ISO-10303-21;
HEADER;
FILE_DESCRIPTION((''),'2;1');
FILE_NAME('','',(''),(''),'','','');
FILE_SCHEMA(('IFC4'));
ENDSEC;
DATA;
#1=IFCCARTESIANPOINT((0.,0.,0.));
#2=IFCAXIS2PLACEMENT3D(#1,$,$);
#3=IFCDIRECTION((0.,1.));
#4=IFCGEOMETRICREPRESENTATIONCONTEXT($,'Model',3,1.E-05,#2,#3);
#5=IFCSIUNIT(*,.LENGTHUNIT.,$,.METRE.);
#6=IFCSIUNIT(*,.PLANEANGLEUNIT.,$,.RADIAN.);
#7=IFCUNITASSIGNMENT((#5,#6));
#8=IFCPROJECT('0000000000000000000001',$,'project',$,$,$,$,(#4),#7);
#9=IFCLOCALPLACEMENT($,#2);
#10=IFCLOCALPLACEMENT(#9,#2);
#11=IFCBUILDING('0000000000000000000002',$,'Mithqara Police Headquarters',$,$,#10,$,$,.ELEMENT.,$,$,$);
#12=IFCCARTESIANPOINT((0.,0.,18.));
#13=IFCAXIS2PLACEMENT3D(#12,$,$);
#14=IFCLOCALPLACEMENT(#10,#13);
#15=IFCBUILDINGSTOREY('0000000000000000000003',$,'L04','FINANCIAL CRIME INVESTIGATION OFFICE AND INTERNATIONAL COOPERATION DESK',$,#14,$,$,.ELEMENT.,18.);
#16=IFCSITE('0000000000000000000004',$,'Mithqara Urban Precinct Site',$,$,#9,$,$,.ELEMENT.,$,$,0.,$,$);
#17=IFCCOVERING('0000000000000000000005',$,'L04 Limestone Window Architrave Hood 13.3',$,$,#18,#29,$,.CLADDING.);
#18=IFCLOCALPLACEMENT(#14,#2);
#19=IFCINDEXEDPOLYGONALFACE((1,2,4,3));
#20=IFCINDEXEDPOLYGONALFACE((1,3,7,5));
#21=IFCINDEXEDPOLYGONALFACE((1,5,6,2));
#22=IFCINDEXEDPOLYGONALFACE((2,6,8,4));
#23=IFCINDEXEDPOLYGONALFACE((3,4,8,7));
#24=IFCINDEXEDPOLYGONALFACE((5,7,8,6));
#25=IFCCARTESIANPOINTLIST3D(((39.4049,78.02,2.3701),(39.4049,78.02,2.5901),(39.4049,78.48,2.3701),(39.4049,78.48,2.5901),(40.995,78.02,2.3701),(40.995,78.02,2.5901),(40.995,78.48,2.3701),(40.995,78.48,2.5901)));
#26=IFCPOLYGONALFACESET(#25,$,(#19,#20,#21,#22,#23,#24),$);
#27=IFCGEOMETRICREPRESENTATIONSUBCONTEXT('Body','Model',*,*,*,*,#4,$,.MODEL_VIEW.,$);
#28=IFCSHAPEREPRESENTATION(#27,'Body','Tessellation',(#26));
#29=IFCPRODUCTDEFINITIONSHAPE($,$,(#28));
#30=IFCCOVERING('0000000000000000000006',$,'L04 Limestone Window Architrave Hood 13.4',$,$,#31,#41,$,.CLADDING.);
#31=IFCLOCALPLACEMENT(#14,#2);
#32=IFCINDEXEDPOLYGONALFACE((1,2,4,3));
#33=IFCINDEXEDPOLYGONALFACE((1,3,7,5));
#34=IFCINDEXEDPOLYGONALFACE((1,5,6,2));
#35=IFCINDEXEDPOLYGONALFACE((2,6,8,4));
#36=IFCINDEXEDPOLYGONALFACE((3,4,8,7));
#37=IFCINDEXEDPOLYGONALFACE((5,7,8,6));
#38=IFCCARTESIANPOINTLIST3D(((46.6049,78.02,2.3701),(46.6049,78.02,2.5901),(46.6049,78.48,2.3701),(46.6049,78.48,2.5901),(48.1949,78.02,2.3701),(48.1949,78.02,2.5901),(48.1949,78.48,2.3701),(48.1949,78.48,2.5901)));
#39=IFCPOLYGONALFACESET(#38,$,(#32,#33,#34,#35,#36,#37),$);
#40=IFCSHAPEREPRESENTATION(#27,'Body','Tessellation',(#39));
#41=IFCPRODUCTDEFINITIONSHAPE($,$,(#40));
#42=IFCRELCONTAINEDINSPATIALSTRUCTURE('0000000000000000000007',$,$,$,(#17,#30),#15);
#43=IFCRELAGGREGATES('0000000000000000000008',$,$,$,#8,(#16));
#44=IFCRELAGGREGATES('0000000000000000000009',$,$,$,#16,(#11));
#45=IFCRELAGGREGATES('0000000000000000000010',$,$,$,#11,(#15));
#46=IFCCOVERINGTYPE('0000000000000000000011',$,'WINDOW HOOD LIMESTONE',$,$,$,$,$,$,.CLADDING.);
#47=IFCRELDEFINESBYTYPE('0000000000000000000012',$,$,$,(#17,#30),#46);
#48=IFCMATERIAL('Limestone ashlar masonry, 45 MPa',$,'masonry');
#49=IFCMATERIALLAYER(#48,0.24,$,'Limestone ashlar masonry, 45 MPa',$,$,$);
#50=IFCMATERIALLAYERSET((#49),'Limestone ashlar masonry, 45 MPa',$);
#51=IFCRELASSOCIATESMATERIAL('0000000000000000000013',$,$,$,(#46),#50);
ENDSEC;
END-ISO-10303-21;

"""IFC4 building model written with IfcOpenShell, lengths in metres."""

from ifc_helpers import new_model, si_unit, direction, frame, origin, origin_2d, place, context, subcontext, project, spatial, rectangle, extrude, material, layer, layer_set, type_object, element, save


model = new_model("IFC4")

# Units and contexts
model_context = context("Model", 3, precision=1e-05, world=origin(), true_north=direction((0.0, 1.0)))
body_context = subcontext(model_context, "Body", "Model", "MODEL_VIEW")
ifc_project = project(units=[si_unit("LENGTHUNIT", "METRE"), si_unit("PLANEANGLEUNIT", "RADIAN")], contexts=[model_context])

# Site, building, storey
site_placement = place(None, origin())
site = spatial("IfcSite", under=ifc_project, at=site_placement, Name="Mithqara Urban Precinct Site", CompositionType="ELEMENT", RefElevation=0.0)
building_placement = place(site_placement, origin())
building = spatial("IfcBuilding", under=site, at=building_placement, Name="Mithqara Police Headquarters", CompositionType="ELEMENT")
storey_placement = place(building_placement, frame((0.0, 0.0, 18.0)))
storey = spatial("IfcBuildingStorey", under=building, at=storey_placement, Name="L04", Description="FINANCIAL CRIME INVESTIGATION OFFICE AND INTERNATIONAL COOPERATION DESK", CompositionType="ELEMENT", Elevation=18.0)

# Coverings
ifc_material_1 = material(Name="Limestone ashlar masonry, 45 MPa", Category="masonry")
ifc_layer_1 = layer(ifc_material_1, 0.24, Name="Limestone ashlar masonry, 45 MPa")
ifc_layer_set_1 = layer_set([ifc_layer_1], Name="Limestone ashlar masonry, 45 MPa")
covering_type = type_object("IfcCoveringType", Name="WINDOW HOOD LIMESTONE", PredefinedType="CLADDING", material=ifc_layer_set_1)
for number, where, z_axis, x_axis, name in (
    (1, (40.2, 78.25, 2.3701), (0.0, 0.0, 1.0), (1.0, 0.0, 0.0), "L04 Limestone Window Architrave Hood 13.3"),
    (2, (47.3999, 78.25, 2.3701), (0.0, 0.0, 1.0), (1.0, 0.0, 0.0), "L04 Limestone Window Architrave Hood 13.4"),
):
    element("IfcCovering", number, at=place(storey_placement, frame(where, z_axis=z_axis, x_axis=x_axis)), inside=storey, type_object=covering_type, Name=name, PredefinedType="CLADDING", context=body_context, shape_type="SweptSolid", body=[
        extrude(rectangle(XDim=1.5901, YDim=0.46, at=origin_2d()), origin(), (0.0, 0.0, 1.0), 0.22),
    ])

save(model, "model.ifc")
